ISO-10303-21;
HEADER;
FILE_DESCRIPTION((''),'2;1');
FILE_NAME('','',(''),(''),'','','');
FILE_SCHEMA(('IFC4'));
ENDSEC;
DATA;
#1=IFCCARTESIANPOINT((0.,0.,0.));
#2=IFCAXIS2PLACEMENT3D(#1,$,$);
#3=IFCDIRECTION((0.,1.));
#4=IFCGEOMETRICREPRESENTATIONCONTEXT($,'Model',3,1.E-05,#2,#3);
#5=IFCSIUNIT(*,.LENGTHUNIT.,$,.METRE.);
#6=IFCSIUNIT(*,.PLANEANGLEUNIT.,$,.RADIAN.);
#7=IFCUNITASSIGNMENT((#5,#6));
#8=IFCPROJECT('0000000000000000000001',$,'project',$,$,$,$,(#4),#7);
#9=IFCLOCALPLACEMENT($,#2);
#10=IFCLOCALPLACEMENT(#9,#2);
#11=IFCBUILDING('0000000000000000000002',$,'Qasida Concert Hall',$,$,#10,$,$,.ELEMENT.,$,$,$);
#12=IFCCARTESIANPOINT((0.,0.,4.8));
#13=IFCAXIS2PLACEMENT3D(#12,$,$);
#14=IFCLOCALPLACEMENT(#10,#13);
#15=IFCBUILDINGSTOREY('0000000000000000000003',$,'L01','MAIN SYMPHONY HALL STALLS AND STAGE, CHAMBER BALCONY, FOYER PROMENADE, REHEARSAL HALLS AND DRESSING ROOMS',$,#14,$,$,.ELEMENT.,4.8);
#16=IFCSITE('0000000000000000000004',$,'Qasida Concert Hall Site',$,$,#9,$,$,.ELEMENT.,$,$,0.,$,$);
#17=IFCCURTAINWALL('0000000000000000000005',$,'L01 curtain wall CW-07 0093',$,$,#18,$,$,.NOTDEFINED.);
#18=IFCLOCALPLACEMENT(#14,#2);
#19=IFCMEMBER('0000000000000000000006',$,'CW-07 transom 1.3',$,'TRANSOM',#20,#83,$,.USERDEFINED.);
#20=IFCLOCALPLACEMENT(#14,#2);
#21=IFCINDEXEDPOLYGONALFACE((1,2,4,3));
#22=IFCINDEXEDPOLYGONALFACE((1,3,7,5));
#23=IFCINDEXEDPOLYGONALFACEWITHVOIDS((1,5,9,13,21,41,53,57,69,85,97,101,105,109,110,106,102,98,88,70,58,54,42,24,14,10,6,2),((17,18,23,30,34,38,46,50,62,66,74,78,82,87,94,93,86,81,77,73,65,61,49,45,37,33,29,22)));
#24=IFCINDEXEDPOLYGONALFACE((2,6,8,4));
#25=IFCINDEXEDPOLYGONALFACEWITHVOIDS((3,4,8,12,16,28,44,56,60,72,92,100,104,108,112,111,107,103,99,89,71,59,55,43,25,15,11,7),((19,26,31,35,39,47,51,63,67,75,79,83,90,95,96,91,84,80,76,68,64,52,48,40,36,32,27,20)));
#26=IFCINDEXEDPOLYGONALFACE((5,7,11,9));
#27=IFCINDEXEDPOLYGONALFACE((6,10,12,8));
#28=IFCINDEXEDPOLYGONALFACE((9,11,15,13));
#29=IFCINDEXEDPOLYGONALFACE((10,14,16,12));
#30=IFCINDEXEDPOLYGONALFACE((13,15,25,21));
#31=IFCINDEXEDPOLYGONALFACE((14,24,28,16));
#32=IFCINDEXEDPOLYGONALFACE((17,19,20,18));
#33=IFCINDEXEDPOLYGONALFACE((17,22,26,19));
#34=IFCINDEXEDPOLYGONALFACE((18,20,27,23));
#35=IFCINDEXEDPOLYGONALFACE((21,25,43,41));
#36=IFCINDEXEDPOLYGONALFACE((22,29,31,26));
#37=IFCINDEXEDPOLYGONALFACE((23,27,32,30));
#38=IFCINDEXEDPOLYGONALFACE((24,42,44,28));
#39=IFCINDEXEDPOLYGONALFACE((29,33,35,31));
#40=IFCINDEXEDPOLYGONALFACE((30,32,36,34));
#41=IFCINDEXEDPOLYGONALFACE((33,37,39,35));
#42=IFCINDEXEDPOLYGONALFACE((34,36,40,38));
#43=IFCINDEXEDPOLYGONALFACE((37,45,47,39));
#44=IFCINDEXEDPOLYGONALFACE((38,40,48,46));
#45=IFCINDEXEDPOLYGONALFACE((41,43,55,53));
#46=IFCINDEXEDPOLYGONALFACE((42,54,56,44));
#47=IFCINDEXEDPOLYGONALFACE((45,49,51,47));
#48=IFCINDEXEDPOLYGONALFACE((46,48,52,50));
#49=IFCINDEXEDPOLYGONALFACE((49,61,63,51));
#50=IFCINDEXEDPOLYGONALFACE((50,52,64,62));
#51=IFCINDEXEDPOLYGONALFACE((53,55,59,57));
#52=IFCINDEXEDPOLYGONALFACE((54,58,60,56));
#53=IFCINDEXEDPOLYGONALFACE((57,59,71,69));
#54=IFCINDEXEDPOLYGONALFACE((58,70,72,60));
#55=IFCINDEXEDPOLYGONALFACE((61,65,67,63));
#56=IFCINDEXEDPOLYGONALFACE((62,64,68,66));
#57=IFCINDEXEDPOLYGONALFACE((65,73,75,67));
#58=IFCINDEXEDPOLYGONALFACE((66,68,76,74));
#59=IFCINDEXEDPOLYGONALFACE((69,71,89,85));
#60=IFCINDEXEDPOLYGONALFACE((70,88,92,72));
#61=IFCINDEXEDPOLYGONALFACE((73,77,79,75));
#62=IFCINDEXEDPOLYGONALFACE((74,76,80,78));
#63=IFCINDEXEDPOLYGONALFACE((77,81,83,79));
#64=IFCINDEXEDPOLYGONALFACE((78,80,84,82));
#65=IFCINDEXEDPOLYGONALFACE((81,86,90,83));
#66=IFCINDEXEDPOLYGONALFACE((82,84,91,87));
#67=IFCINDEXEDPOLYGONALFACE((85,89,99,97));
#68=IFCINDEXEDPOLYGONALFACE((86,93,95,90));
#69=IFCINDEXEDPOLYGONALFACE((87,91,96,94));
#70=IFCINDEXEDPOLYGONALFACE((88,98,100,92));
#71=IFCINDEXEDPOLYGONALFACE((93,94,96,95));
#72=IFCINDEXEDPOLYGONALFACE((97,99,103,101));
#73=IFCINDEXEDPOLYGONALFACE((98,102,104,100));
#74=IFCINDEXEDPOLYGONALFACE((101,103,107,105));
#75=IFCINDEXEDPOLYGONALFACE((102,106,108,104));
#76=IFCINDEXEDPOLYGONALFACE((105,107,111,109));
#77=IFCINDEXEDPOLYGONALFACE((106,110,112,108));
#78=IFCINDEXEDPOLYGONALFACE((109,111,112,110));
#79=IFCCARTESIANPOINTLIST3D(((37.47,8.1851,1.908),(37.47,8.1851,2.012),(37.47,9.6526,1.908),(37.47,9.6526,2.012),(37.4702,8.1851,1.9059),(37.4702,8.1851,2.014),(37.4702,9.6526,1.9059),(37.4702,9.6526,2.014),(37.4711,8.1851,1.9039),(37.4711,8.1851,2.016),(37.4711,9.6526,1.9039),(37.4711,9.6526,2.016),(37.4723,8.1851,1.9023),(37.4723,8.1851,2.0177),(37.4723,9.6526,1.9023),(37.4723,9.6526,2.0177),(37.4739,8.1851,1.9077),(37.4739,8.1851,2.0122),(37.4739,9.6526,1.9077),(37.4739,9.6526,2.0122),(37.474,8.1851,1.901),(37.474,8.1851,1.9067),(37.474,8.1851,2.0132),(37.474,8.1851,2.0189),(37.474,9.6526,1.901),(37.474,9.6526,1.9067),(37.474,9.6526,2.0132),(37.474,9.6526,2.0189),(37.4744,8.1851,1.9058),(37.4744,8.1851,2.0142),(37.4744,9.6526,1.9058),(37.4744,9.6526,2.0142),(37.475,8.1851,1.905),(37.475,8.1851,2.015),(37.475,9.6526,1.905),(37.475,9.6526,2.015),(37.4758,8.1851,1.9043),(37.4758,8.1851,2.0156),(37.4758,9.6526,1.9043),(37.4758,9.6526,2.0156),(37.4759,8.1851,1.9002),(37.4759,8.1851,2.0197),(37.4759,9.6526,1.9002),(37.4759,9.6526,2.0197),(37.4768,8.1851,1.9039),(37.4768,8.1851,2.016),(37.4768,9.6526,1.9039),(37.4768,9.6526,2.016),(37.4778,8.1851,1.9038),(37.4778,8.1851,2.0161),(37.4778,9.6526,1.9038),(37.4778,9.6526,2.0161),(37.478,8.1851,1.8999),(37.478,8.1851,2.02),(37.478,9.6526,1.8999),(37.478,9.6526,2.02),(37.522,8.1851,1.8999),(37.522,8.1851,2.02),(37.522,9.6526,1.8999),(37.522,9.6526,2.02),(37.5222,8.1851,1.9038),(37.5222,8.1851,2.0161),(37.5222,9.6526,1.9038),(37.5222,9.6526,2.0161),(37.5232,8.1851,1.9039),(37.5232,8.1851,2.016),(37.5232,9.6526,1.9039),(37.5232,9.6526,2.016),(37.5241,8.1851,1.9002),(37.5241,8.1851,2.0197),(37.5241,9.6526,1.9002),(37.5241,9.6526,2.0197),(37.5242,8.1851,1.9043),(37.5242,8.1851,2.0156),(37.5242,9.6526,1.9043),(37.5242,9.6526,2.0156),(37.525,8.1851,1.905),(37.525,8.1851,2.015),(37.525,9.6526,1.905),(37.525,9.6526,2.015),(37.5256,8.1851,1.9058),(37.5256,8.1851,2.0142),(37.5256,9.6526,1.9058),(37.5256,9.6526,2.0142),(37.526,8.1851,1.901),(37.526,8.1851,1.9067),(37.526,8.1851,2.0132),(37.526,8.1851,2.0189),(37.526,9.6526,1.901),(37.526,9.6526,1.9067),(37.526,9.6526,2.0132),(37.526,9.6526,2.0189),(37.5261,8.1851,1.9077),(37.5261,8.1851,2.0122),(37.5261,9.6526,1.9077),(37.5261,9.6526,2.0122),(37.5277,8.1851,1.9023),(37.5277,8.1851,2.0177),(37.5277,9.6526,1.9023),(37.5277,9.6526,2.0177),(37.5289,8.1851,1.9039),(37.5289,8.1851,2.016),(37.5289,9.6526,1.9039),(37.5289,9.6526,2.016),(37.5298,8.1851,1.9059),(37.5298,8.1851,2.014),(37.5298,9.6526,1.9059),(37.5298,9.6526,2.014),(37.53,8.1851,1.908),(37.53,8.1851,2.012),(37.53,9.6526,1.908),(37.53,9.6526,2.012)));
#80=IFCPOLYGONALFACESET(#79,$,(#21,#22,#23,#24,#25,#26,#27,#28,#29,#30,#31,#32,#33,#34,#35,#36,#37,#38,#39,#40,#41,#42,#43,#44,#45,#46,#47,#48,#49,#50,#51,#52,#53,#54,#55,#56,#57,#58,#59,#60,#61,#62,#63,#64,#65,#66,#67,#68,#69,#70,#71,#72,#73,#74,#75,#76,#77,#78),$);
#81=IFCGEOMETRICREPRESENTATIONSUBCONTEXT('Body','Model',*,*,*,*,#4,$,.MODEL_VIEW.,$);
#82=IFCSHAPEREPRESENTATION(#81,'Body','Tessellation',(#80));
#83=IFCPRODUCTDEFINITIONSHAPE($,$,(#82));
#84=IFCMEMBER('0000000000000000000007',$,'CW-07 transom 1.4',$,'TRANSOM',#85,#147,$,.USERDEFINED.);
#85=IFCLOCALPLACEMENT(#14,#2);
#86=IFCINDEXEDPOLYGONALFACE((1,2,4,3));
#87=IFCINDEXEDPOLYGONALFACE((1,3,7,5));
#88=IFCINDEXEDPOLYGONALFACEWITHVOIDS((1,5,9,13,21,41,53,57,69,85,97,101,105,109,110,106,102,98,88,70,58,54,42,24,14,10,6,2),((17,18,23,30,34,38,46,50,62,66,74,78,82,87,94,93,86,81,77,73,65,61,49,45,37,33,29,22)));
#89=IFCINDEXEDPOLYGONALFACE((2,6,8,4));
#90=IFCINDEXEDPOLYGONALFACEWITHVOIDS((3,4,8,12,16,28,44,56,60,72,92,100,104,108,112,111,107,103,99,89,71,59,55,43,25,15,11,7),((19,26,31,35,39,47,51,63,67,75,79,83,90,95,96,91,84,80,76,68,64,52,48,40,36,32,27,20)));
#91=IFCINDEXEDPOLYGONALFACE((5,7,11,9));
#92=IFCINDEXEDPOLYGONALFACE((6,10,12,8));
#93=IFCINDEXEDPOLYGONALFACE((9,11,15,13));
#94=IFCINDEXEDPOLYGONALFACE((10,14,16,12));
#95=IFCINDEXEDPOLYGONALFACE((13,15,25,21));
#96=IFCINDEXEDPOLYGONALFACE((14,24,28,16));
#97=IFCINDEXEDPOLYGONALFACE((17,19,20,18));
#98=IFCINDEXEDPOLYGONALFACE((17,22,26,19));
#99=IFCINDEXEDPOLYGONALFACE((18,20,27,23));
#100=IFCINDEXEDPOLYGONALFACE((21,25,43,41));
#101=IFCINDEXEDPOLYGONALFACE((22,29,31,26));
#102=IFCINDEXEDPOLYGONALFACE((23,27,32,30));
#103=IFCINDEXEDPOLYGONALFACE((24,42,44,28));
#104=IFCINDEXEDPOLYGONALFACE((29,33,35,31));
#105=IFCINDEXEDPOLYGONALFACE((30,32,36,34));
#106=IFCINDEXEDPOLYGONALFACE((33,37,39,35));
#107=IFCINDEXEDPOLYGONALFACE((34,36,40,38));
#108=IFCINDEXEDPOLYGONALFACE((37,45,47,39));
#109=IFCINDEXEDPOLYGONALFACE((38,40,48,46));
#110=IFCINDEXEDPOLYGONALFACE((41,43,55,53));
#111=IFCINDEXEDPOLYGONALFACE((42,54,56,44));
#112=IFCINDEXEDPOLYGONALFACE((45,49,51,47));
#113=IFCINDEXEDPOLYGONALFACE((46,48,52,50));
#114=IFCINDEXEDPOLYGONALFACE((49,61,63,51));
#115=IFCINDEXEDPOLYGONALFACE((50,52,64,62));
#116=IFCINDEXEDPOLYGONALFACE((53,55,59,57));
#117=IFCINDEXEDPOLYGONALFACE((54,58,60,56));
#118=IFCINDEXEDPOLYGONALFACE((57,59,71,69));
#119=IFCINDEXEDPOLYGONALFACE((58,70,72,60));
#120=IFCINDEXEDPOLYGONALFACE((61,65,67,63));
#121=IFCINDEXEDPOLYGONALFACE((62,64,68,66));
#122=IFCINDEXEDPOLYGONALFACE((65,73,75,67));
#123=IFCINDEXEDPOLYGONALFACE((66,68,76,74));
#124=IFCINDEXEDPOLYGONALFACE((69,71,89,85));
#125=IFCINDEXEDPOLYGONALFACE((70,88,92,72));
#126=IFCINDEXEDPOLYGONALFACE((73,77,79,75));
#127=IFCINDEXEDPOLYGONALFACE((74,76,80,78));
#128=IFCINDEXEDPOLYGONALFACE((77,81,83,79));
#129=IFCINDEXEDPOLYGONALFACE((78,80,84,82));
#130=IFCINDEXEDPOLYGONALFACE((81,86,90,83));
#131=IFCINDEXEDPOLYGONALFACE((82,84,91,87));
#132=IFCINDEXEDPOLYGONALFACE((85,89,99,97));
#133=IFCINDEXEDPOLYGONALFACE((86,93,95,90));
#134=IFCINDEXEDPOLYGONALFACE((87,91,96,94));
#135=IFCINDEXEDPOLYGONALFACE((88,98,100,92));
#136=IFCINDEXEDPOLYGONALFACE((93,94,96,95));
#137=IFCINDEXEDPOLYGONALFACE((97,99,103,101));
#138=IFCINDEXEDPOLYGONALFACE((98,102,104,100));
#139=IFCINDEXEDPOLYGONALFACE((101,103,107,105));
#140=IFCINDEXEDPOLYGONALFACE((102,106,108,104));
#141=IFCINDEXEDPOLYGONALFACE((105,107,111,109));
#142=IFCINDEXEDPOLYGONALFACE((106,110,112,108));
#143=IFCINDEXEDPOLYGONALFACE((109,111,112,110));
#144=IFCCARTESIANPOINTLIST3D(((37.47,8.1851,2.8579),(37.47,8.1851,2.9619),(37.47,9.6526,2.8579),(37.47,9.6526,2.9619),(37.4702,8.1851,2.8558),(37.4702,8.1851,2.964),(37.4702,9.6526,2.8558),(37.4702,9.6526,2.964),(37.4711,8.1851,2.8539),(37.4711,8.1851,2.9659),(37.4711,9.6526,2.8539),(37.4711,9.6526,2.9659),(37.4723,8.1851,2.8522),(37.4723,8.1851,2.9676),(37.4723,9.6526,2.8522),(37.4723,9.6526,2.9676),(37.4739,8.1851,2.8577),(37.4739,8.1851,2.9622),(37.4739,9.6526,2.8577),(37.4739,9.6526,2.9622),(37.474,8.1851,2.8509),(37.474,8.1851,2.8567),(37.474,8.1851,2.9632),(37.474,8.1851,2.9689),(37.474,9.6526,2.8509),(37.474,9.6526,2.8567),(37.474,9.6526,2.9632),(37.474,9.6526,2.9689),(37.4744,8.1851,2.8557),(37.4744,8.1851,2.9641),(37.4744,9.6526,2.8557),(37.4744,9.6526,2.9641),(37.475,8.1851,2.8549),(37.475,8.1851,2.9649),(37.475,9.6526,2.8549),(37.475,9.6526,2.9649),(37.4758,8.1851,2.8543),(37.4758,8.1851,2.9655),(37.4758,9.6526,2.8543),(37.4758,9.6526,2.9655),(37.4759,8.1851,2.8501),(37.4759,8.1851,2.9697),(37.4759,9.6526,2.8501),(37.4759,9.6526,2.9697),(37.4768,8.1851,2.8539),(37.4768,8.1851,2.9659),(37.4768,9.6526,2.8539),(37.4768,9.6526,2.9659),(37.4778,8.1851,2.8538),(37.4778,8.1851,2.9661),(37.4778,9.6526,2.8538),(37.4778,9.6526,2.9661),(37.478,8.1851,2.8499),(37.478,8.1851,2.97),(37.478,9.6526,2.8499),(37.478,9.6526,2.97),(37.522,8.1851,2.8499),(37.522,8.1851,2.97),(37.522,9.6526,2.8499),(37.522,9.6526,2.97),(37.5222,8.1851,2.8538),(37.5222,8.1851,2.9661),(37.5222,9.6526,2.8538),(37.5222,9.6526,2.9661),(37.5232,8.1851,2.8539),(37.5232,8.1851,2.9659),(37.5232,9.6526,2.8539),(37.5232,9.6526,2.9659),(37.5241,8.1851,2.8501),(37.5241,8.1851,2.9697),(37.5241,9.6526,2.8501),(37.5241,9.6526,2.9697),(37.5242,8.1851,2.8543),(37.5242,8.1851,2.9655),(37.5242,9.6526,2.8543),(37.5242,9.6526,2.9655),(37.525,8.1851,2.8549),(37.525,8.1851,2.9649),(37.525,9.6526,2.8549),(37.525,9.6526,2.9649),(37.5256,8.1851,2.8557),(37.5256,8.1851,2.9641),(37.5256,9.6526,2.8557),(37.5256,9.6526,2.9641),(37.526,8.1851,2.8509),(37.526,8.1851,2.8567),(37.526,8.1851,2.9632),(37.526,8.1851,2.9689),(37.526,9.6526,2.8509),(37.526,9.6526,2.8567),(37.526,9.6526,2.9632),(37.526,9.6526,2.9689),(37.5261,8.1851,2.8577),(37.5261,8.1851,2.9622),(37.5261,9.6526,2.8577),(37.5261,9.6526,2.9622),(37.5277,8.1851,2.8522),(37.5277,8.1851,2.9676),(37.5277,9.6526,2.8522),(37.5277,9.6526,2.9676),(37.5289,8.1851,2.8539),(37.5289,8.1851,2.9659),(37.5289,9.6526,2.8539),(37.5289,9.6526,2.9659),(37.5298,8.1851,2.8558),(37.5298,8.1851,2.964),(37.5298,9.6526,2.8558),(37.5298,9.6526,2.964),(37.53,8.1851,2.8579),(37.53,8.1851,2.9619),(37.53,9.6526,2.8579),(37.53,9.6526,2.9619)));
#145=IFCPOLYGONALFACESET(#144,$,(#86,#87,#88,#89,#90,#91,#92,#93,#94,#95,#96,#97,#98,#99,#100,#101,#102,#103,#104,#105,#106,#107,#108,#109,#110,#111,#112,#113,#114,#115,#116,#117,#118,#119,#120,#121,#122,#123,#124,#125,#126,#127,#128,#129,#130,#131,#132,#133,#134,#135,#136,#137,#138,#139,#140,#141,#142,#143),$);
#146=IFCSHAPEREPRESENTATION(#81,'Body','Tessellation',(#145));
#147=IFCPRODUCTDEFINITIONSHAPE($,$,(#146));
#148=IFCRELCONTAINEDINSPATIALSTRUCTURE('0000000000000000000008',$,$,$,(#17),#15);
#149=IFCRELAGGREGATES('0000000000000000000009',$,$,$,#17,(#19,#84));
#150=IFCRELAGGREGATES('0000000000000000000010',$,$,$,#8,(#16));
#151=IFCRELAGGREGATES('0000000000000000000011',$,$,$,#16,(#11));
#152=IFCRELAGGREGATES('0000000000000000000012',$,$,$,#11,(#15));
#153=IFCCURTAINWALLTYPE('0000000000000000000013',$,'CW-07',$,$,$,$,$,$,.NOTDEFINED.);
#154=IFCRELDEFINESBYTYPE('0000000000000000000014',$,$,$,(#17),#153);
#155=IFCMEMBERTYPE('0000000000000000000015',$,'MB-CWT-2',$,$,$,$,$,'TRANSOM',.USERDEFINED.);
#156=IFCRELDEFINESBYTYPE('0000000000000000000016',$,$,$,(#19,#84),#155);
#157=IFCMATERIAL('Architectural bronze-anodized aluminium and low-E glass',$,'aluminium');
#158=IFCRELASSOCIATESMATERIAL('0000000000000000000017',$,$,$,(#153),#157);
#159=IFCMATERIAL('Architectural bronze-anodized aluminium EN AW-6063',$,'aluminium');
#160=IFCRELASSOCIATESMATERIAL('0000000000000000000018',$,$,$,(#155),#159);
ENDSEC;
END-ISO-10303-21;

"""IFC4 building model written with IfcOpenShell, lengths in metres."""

from ifc_helpers import new_model, si_unit, direction, frame, origin, origin_2d, place, context, subcontext, project, spatial, hollow_rectangle, extrude, material, material_profile, profile_set, type_object, element, aggregate, save


model = new_model("IFC4")

# Units and contexts
model_context = context("Model", 3, precision=1e-05, world=origin(), true_north=direction((0.0, 1.0)))
body_context = subcontext(model_context, "Body", "Model", "MODEL_VIEW")
ifc_project = project(units=[si_unit("LENGTHUNIT", "METRE"), si_unit("PLANEANGLEUNIT", "RADIAN")], contexts=[model_context])

# Site, building, storey
site_placement = place(None, origin())
site = spatial("IfcSite", under=ifc_project, at=site_placement, Name="Qasida Concert Hall Site", CompositionType="ELEMENT", RefElevation=0.0)
building_placement = place(site_placement, origin())
building = spatial("IfcBuilding", under=site, at=building_placement, Name="Qasida Concert Hall", CompositionType="ELEMENT")
storey_placement = place(building_placement, frame((0.0, 0.0, 4.8)))
storey = spatial("IfcBuildingStorey", under=building, at=storey_placement, Name="L01", Description="MAIN SYMPHONY HALL STALLS AND STAGE, CHAMBER BALCONY, FOYER PROMENADE, REHEARSAL HALLS AND DRESSING ROOMS", CompositionType="ELEMENT", Elevation=4.8)

# Shared definitions
ifc_material_1 = material(Name="Architectural bronze-anodized aluminium and low-E glass", Category="aluminium")
curtain_wall_type = type_object("IfcCurtainWallType", Name="CW-07", PredefinedType="NOTDEFINED", material=ifc_material_1)
ifc_material_2 = material(Name="Architectural bronze-anodized aluminium EN AW-6063", Category="aluminium")

# Curtain wall
curtain_wall_1_placement = place(storey_placement, origin())
curtain_wall_1 = element("IfcCurtainWall", 1, at=curtain_wall_1_placement, inside=storey, type_object=curtain_wall_type, Name="L01 curtain wall CW-07 0093", PredefinedType="NOTDEFINED")

# Members
ifc_material_profile_1 = material_profile(ifc_material_2, hollow_rectangle(XDim=0.0601, YDim=0.1201, WallThickness=0.0039, InnerFilletRadius=0.0039, OuterFilletRadius=0.0081, at=origin_2d()), Name="CWT 120x60x4")
ifc_profile_set_1 = profile_set([ifc_material_profile_1], Name="Architectural bronze-anodized aluminium EN AW-6063")
member_type_1 = type_object("IfcMemberType", Name="MB-CWT-2", ElementType="TRANSOM", PredefinedType="USERDEFINED", material=ifc_profile_set_1)
member_1_placement = place(storey_placement, frame((37.5, 8.1851, 1.96), z_axis=(0.0, 1.0, 0.0), x_axis=(-1.0, 0.0, 0.0)))
member_1 = element("IfcMember", 2, at=member_1_placement, type_object=member_type_1, Name="CW-07 transom 1.3", ObjectType="TRANSOM", PredefinedType="USERDEFINED", context=body_context, shape_type="SweptSolid", body=[
    extrude(hollow_rectangle(XDim=0.0601, YDim=0.1201, WallThickness=0.0039, InnerFilletRadius=0.0039, OuterFilletRadius=0.0081, at=origin_2d()), origin(), (0.0, 0.0, 1.0), 1.4675),
])
member_2_placement = place(storey_placement, frame((37.5, 8.1851, 2.9099), z_axis=(0.0, 1.0, 0.0), x_axis=(-1.0, 0.0, 0.0)))
member_2 = element("IfcMember", 3, at=member_2_placement, type_object=member_type_1, Name="CW-07 transom 1.4", ObjectType="TRANSOM", PredefinedType="USERDEFINED", context=body_context, shape_type="SweptSolid", body=[
    extrude(hollow_rectangle(XDim=0.0601, YDim=0.1201, WallThickness=0.0039, InnerFilletRadius=0.0039, OuterFilletRadius=0.0081, at=origin_2d()), origin(), (0.0, 0.0, 1.0), 1.4675),
])

aggregate(curtain_wall_1, [member_1, member_2])

save(model, "model.ifc")
